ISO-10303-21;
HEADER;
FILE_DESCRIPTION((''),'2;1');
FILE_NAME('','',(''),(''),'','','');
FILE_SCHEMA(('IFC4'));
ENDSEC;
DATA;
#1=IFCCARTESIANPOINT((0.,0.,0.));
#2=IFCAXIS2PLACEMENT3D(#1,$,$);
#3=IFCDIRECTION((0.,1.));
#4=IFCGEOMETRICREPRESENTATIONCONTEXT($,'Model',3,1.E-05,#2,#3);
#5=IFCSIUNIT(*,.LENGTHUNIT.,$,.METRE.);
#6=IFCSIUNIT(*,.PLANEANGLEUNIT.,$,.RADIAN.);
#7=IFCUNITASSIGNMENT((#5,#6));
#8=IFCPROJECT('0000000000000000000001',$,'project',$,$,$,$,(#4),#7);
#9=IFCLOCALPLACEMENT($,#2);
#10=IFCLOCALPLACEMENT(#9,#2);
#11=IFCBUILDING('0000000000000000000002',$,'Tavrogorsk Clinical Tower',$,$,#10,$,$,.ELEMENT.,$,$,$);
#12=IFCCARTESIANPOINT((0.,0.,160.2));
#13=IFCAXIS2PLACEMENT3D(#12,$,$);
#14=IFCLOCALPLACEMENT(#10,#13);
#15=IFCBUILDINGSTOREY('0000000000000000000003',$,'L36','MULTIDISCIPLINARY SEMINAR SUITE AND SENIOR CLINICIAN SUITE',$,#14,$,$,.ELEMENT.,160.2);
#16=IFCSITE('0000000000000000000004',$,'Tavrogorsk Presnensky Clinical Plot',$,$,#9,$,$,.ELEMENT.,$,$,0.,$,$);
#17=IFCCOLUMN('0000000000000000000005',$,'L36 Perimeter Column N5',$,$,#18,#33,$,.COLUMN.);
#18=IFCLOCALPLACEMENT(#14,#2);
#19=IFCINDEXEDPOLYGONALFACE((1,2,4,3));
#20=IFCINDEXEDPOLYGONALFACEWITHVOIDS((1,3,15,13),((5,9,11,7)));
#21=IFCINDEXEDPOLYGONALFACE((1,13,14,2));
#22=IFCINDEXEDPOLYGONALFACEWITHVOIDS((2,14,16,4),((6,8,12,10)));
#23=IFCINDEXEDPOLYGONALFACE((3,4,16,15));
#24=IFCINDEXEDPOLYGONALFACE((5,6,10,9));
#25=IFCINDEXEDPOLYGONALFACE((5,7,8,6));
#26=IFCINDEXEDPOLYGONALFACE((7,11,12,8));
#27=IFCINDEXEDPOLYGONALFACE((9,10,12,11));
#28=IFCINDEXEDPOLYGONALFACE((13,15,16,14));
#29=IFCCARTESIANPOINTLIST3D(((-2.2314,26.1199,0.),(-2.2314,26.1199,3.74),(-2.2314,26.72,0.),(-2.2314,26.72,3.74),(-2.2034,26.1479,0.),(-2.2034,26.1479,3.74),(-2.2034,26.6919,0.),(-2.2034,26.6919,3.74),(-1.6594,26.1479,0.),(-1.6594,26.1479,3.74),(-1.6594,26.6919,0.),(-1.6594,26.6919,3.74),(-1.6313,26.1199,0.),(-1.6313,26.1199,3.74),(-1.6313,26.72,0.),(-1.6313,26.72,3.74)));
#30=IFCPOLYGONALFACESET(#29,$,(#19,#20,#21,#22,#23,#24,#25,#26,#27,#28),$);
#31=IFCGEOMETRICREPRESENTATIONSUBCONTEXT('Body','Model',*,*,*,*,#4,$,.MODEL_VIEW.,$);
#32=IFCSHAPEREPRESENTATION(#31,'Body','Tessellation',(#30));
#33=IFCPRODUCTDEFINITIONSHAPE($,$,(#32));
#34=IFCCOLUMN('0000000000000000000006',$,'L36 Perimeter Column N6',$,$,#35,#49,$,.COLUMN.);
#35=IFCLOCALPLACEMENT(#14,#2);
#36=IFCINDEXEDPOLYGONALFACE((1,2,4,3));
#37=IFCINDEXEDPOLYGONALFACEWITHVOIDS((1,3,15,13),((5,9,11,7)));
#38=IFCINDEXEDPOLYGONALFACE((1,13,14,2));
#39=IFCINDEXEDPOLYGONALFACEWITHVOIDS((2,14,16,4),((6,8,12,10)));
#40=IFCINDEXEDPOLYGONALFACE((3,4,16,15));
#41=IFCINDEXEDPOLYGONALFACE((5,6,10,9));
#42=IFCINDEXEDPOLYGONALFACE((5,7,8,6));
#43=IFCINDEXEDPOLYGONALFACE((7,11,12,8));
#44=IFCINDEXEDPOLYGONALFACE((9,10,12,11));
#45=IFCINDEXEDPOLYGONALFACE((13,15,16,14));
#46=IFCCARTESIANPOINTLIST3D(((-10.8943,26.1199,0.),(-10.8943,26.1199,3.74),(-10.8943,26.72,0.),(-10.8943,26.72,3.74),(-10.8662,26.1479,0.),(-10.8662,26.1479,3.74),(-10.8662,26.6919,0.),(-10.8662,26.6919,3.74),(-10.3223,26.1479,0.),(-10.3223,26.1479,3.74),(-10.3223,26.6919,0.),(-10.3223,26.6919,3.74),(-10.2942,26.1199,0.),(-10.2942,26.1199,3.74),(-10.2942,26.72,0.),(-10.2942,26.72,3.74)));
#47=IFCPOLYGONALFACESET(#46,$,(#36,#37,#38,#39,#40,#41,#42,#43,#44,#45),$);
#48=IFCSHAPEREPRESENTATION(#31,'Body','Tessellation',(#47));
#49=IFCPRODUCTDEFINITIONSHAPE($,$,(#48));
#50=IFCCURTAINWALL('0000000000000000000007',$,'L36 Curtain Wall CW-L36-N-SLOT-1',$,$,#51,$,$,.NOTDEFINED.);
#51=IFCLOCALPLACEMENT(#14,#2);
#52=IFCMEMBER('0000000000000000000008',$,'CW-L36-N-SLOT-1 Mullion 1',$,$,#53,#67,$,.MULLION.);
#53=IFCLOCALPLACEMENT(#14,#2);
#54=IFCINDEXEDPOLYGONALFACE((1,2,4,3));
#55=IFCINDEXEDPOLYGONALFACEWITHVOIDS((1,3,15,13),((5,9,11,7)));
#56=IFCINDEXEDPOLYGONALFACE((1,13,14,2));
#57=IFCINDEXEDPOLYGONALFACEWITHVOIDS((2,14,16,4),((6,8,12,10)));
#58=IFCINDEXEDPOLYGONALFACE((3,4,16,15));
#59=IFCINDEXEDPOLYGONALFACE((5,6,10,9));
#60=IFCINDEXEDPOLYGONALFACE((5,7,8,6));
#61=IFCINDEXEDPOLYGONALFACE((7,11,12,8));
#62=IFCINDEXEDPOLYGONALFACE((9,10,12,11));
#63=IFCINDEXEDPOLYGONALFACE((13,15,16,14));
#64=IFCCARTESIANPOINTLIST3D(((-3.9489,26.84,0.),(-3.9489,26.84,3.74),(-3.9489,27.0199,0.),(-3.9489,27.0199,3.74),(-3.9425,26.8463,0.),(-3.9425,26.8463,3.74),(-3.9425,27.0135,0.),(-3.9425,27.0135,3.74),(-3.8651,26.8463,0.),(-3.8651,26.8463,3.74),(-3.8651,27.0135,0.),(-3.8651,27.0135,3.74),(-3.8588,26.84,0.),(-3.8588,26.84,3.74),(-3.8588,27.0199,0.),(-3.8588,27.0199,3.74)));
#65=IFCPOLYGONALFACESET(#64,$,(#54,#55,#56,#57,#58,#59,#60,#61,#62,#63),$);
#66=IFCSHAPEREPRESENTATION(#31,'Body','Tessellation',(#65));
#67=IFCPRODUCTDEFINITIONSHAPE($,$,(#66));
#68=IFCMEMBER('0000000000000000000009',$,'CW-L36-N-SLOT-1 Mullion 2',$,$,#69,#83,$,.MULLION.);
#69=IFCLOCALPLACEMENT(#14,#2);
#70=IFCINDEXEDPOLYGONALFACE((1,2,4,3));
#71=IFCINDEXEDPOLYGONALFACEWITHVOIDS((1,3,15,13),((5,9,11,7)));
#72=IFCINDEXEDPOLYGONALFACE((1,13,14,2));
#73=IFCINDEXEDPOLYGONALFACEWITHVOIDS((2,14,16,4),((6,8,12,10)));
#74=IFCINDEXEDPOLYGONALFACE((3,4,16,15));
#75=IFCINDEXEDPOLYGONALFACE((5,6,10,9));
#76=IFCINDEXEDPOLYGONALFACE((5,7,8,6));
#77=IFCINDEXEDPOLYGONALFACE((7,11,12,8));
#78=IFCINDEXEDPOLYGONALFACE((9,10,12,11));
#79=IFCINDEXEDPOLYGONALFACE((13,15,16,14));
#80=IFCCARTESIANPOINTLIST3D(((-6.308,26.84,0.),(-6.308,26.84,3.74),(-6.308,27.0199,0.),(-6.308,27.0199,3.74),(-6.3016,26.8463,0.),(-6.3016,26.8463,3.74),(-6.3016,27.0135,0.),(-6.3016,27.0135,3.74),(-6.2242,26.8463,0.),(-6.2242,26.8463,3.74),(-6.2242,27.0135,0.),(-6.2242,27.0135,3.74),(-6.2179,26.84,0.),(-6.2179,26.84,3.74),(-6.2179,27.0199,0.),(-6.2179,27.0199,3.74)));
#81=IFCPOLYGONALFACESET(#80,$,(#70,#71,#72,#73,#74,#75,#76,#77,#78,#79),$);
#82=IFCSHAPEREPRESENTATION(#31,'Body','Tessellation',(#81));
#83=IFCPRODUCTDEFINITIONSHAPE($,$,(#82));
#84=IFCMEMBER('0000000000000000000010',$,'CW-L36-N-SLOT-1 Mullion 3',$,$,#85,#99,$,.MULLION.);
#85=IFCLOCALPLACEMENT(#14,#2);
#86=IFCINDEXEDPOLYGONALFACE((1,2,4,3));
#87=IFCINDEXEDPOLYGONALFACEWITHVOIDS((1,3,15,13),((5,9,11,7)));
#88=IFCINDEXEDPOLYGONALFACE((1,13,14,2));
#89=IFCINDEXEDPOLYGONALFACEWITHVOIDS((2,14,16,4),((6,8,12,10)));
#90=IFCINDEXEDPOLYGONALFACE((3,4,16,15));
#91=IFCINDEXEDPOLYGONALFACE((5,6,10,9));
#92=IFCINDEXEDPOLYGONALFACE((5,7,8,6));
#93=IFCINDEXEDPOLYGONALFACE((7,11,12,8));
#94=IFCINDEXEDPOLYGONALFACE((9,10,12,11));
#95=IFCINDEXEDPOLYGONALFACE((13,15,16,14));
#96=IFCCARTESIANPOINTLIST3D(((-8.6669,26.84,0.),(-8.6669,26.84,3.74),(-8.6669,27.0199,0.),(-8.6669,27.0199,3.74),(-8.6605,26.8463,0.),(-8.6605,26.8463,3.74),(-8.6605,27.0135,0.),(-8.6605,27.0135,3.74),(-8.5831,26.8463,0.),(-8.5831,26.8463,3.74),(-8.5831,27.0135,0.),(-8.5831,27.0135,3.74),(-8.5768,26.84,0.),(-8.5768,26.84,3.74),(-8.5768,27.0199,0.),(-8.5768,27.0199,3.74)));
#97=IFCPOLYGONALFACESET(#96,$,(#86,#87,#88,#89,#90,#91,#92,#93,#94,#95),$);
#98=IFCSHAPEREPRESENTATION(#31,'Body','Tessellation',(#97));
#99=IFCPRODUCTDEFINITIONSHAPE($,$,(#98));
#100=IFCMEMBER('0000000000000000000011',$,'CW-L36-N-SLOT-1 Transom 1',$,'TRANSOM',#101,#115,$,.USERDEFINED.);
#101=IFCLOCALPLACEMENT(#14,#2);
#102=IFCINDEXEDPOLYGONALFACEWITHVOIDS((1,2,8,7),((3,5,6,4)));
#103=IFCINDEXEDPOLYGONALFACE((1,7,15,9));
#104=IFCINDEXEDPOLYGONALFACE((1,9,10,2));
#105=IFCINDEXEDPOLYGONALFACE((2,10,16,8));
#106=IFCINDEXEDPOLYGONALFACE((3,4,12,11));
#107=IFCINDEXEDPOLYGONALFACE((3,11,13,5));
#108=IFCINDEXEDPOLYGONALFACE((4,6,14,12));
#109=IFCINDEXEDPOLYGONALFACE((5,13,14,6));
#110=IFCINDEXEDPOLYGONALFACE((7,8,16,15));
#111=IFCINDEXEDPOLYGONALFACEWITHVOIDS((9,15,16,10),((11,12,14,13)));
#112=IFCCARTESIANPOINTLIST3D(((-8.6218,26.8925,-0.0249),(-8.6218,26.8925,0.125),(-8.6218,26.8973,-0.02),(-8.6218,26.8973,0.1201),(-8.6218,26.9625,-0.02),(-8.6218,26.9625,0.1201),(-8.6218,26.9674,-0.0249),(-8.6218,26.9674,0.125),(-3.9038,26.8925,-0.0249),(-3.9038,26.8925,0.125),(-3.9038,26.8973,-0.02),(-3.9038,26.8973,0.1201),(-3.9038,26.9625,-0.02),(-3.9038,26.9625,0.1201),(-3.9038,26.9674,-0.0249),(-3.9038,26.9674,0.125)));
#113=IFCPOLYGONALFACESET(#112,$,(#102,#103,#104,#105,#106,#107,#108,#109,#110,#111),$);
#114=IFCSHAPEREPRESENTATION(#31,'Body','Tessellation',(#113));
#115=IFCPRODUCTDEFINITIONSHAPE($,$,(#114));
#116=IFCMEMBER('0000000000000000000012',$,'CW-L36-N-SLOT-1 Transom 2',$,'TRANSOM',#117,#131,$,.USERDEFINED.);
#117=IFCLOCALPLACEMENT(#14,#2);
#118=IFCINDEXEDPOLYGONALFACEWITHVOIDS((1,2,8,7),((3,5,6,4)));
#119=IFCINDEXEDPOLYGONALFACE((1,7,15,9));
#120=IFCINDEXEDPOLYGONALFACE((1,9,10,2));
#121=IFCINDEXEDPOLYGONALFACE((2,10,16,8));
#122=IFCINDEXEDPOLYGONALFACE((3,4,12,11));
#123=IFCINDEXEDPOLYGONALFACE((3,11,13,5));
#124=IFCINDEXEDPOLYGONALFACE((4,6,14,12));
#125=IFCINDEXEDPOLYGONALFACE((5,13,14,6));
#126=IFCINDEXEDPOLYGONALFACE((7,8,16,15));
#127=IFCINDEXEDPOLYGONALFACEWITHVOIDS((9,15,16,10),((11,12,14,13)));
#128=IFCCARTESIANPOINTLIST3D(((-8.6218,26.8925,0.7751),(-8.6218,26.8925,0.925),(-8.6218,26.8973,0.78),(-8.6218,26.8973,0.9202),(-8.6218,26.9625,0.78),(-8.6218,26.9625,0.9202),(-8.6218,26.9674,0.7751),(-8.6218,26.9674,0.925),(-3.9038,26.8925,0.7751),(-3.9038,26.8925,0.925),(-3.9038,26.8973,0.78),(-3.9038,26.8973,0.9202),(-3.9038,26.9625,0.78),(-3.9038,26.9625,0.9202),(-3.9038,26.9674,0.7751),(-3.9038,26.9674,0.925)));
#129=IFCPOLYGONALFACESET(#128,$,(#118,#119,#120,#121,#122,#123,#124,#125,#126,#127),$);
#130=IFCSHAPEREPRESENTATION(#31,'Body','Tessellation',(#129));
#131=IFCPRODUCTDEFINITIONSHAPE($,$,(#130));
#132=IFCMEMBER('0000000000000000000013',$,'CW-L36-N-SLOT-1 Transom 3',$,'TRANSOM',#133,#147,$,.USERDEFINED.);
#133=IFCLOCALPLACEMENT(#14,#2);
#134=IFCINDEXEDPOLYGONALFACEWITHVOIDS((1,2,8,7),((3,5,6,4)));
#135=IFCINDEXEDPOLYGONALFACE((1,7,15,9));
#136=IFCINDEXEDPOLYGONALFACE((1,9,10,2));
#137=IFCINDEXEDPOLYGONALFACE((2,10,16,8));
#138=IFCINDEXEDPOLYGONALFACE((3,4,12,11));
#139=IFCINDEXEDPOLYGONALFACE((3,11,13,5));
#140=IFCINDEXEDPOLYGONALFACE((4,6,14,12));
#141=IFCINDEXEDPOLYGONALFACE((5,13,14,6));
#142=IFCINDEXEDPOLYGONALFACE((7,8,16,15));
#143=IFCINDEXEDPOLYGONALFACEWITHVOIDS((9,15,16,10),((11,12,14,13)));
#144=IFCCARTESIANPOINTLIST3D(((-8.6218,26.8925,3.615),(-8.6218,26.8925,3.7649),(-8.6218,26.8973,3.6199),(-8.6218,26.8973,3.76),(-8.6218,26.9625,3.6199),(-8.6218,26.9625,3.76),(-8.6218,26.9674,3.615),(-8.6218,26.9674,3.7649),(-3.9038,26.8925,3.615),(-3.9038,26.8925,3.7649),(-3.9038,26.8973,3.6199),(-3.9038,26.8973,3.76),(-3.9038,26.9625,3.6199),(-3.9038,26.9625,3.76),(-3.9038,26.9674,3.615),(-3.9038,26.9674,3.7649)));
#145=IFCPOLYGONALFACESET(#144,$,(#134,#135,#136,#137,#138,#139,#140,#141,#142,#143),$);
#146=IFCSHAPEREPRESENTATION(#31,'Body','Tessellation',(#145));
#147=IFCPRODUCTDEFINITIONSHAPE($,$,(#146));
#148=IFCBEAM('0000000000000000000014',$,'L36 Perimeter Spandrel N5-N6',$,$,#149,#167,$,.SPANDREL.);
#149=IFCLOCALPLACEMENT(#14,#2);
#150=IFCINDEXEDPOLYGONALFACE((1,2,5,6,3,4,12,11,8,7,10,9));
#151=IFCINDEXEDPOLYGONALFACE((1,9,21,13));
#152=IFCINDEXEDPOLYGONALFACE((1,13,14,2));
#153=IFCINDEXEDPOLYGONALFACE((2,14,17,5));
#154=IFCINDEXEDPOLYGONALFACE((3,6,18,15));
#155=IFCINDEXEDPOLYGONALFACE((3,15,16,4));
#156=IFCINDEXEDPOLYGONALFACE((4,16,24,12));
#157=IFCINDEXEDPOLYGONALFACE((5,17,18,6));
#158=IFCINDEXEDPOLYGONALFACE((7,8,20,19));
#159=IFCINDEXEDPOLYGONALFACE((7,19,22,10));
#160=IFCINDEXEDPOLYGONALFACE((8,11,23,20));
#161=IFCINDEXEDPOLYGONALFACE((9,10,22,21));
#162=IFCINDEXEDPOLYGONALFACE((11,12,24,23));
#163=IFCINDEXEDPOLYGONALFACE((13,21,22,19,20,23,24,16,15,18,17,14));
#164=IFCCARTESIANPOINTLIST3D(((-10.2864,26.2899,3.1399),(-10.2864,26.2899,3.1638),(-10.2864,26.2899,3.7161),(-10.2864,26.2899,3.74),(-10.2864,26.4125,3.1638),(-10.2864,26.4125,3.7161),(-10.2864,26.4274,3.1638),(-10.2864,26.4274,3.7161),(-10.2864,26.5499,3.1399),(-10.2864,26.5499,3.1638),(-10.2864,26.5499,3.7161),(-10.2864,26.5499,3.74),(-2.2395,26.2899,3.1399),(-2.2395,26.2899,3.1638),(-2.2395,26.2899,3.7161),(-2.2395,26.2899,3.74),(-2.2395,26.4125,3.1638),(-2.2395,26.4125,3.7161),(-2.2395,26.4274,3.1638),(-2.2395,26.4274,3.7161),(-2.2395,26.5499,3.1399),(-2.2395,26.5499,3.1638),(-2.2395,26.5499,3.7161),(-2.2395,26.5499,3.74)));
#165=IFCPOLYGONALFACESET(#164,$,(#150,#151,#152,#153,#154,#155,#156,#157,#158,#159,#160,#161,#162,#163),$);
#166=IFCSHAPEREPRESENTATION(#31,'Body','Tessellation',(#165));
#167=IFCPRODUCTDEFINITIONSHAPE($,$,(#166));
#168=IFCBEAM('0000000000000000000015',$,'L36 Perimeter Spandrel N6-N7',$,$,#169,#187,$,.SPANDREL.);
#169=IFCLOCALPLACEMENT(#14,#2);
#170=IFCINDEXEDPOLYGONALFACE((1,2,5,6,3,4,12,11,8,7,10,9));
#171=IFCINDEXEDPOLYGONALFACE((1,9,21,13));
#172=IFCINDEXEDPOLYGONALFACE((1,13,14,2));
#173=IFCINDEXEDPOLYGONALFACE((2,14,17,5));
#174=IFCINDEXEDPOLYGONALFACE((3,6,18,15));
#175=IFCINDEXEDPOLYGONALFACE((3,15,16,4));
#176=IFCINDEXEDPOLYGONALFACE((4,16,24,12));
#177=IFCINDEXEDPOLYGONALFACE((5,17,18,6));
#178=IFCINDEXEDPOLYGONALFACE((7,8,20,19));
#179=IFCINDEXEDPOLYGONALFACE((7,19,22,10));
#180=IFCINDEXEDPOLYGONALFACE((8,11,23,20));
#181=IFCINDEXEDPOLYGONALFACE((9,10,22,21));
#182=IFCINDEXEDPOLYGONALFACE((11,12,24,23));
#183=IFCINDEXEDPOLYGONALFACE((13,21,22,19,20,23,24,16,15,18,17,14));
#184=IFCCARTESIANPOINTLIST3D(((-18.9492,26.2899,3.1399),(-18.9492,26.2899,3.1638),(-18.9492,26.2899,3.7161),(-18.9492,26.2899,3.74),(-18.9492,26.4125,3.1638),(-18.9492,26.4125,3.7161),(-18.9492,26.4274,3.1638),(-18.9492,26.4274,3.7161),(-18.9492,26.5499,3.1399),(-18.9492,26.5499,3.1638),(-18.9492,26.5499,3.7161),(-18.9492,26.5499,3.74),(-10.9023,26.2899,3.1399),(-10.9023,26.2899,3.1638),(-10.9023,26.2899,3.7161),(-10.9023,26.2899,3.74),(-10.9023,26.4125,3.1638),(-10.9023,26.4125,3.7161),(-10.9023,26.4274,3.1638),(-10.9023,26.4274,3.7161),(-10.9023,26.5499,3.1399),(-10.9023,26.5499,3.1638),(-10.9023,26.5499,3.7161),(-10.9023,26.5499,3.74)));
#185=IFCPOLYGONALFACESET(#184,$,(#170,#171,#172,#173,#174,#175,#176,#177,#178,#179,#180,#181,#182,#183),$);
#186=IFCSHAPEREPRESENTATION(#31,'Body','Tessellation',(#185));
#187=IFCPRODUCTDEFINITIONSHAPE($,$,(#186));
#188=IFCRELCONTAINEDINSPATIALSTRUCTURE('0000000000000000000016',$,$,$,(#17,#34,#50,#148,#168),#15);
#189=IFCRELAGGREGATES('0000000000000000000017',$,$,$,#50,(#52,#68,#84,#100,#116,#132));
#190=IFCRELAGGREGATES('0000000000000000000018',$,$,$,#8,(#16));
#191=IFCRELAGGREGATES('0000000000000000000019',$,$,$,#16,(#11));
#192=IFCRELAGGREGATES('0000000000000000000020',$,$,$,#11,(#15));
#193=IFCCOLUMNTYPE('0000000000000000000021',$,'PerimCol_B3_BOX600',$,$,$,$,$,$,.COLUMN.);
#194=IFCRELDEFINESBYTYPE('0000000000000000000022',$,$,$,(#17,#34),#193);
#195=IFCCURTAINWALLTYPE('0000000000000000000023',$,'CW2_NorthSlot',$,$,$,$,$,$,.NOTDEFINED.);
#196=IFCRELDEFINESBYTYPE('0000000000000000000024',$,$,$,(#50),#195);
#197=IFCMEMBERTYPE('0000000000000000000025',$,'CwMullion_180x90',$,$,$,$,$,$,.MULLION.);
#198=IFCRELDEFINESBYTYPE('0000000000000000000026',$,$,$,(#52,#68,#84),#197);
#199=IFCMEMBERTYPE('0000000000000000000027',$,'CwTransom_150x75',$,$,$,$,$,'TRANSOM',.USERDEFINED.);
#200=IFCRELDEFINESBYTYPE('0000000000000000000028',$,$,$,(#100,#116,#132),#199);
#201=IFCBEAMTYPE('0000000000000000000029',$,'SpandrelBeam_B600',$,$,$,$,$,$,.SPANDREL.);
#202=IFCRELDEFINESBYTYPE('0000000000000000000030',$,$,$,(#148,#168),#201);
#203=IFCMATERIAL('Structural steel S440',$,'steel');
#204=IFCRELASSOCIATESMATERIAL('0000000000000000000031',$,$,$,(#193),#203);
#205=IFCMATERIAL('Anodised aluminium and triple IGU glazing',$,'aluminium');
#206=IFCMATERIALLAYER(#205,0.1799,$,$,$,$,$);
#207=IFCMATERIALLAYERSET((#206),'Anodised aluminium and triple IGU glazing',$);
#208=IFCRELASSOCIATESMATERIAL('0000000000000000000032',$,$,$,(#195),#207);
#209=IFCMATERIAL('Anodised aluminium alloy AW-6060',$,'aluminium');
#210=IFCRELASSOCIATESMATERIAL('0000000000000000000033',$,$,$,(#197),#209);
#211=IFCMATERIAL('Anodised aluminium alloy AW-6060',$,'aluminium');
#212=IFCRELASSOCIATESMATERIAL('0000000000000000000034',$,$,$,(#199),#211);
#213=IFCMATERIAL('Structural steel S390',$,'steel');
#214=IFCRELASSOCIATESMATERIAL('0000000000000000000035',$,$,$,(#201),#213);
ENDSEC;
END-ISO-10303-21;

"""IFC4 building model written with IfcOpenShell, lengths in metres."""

from ifc_helpers import new_model, si_unit, direction, frame, origin, origin_2d, place, context, subcontext, project, spatial, hollow_rectangle, i_section, extrude, material, layer, layer_set, material_profile, profile_set, type_object, element, aggregate, save


model = new_model("IFC4")

# Units and contexts
model_context = context("Model", 3, precision=1e-05, world=origin(), true_north=direction((0.0, 1.0)))
body_context = subcontext(model_context, "Body", "Model", "MODEL_VIEW")
ifc_project = project(units=[si_unit("LENGTHUNIT", "METRE"), si_unit("PLANEANGLEUNIT", "RADIAN")], contexts=[model_context])

# Site, building, storey
site_placement = place(None, origin())
site = spatial("IfcSite", under=ifc_project, at=site_placement, Name="Tavrogorsk Presnensky Clinical Plot", CompositionType="ELEMENT", RefElevation=0.0)
building_placement = place(site_placement, origin())
building = spatial("IfcBuilding", under=site, at=building_placement, Name="Tavrogorsk Clinical Tower", CompositionType="ELEMENT")
storey_placement = place(building_placement, frame((0.0, 0.0, 160.2)))
storey = spatial("IfcBuildingStorey", under=building, at=storey_placement, Name="L36", Description="MULTIDISCIPLINARY SEMINAR SUITE AND SENIOR CLINICIAN SUITE", CompositionType="ELEMENT", Elevation=160.2)

# Columns
ifc_material_1 = material(Name="Structural steel S440", Category="steel")
ifc_material_profile_1 = material_profile(ifc_material_1, hollow_rectangle(XDim=0.6001, YDim=0.6001, WallThickness=0.0281, at=origin_2d()), Name="BOX-600x600x28")
ifc_profile_set_1 = profile_set([ifc_material_profile_1], Name="Structural steel S440")
column_type = type_object("IfcColumnType", Name="PerimCol_B3_BOX600", PredefinedType="COLUMN", material=ifc_profile_set_1)
for number, where, z_axis, x_axis, name in (
    (1, (-1.9314, 26.4199, 0.0), (0.0, 0.0, 1.0), (1.0, 0.0, 0.0), "L36 Perimeter Column N5"),
    (2, (-10.5942, 26.4199, 0.0), (0.0, 0.0, 1.0), (1.0, 0.0, 0.0), "L36 Perimeter Column N6"),
):
    element("IfcColumn", number, at=place(storey_placement, frame(where, z_axis=z_axis, x_axis=x_axis)), inside=storey, type_object=column_type, Name=name, PredefinedType="COLUMN", context=body_context, shape_type="SweptSolid", body=[
        extrude(hollow_rectangle(XDim=0.6001, YDim=0.6001, WallThickness=0.0281, at=origin_2d()), origin(), (0.0, 0.0, 1.0), 3.74),
    ])

# Curtain wall, members
ifc_material_2 = material(Name="Anodised aluminium and triple IGU glazing", Category="aluminium")
ifc_layer_1 = layer(ifc_material_2, 0.1799)
ifc_layer_set_1 = layer_set([ifc_layer_1], Name="Anodised aluminium and triple IGU glazing")
curtain_wall_type = type_object("IfcCurtainWallType", Name="CW2_NorthSlot", PredefinedType="NOTDEFINED", material=ifc_layer_set_1)
curtain_wall_placement = place(storey_placement, origin())
curtain_wall = element("IfcCurtainWall", 3, at=curtain_wall_placement, inside=storey, type_object=curtain_wall_type, Name="L36 Curtain Wall CW-L36-N-SLOT-1", PredefinedType="NOTDEFINED")
ifc_material_3 = material(Name="Anodised aluminium alloy AW-6060", Category="aluminium")
ifc_material_profile_2 = material_profile(ifc_material_3, hollow_rectangle(XDim=0.0901, YDim=0.1799, WallThickness=0.0063, at=origin_2d()), Name="RHS-180x90x6.3")
ifc_profile_set_2 = profile_set([ifc_material_profile_2], Name="Anodised aluminium alloy AW-6060")
member_type_1 = type_object("IfcMemberType", Name="CwMullion_180x90", PredefinedType="MULLION", material=ifc_profile_set_2)
member_1_placement = place(storey_placement, frame((-3.9038, 26.9299, 0.0), z_axis=(0.0, 0.0, 1.0), x_axis=(-1.0, 0.0, 0.0)))
member_1 = element("IfcMember", 4, at=member_1_placement, type_object=member_type_1, Name="CW-L36-N-SLOT-1 Mullion 1", PredefinedType="MULLION", context=body_context, shape_type="SweptSolid", body=[
    extrude(hollow_rectangle(XDim=0.0901, YDim=0.1799, WallThickness=0.0063, at=origin_2d()), origin(), (0.0, 0.0, 1.0), 3.74),
])
member_2_placement = place(storey_placement, frame((-6.2629, 26.9299, 0.0), z_axis=(0.0, 0.0, 1.0), x_axis=(-1.0, 0.0, 0.0)))
member_2 = element("IfcMember", 5, at=member_2_placement, type_object=member_type_1, Name="CW-L36-N-SLOT-1 Mullion 2", PredefinedType="MULLION", context=body_context, shape_type="SweptSolid", body=[
    extrude(hollow_rectangle(XDim=0.0901, YDim=0.1799, WallThickness=0.0063, at=origin_2d()), origin(), (0.0, 0.0, 1.0), 3.74),
])
member_3_placement = place(storey_placement, frame((-8.6218, 26.9299, 0.0), z_axis=(0.0, 0.0, 1.0), x_axis=(-1.0, 0.0, 0.0)))
member_3 = element("IfcMember", 6, at=member_3_placement, type_object=member_type_1, Name="CW-L36-N-SLOT-1 Mullion 3", PredefinedType="MULLION", context=body_context, shape_type="SweptSolid", body=[
    extrude(hollow_rectangle(XDim=0.0901, YDim=0.1799, WallThickness=0.0063, at=origin_2d()), origin(), (0.0, 0.0, 1.0), 3.74),
])
ifc_material_4 = material(Name="Anodised aluminium alloy AW-6060", Category="aluminium")
ifc_material_profile_3 = material_profile(ifc_material_4, hollow_rectangle(XDim=0.075, YDim=0.1499, WallThickness=0.0049, at=origin_2d()), Name="RHS-150x75x5")
ifc_profile_set_3 = profile_set([ifc_material_profile_3], Name="Anodised aluminium alloy AW-6060")
member_type_2 = type_object("IfcMemberType", Name="CwTransom_150x75", ElementType="TRANSOM", PredefinedType="USERDEFINED", material=ifc_profile_set_3)
member_4_placement = place(storey_placement, frame((-3.9038, 26.9299, 0.05), z_axis=(-1.0, 0.0, 0.0), x_axis=(0.0, -1.0, 0.0)))
member_4 = element("IfcMember", 7, at=member_4_placement, type_object=member_type_2, Name="CW-L36-N-SLOT-1 Transom 1", ObjectType="TRANSOM", PredefinedType="USERDEFINED", context=body_context, shape_type="SweptSolid", body=[
    extrude(hollow_rectangle(XDim=0.075, YDim=0.1499, WallThickness=0.0049, at=origin_2d()), origin(), (0.0, 0.0, 1.0), 4.718),
])
member_5_placement = place(storey_placement, frame((-3.9038, 26.9299, 0.8501), z_axis=(-1.0, 0.0, 0.0), x_axis=(0.0, -1.0, 0.0)))
member_5 = element("IfcMember", 8, at=member_5_placement, type_object=member_type_2, Name="CW-L36-N-SLOT-1 Transom 2", ObjectType="TRANSOM", PredefinedType="USERDEFINED", context=body_context, shape_type="SweptSolid", body=[
    extrude(hollow_rectangle(XDim=0.075, YDim=0.1499, WallThickness=0.0049, at=origin_2d()), origin(), (0.0, 0.0, 1.0), 4.718),
])
member_6_placement = place(storey_placement, frame((-3.9038, 26.9299, 3.6899), z_axis=(-1.0, 0.0, 0.0), x_axis=(0.0, -1.0, 0.0)))
member_6 = element("IfcMember", 9, at=member_6_placement, type_object=member_type_2, Name="CW-L36-N-SLOT-1 Transom 3", ObjectType="TRANSOM", PredefinedType="USERDEFINED", context=body_context, shape_type="SweptSolid", body=[
    extrude(hollow_rectangle(XDim=0.075, YDim=0.1499, WallThickness=0.0049, at=origin_2d()), origin(), (0.0, 0.0, 1.0), 4.718),
])

# Beams
ifc_material_5 = material(Name="Structural steel S390", Category="steel")
ifc_material_profile_4 = material_profile(ifc_material_5, i_section(OverallWidth=0.26, OverallDepth=0.6001, WebThickness=0.0149, FlangeThickness=0.0239, at=origin_2d()), Name="B-600x260x15x24")
ifc_profile_set_4 = profile_set([ifc_material_profile_4], Name="Structural steel S390")
beam_type = type_object("IfcBeamType", Name="SpandrelBeam_B600", PredefinedType="SPANDREL", material=ifc_profile_set_4)
for number, where, z_axis, x_axis, name in (
    (10, (-2.2395, 26.4199, 3.4399), (-1.0, 0.0, 0.0), (0.0, -1.0, 0.0), "L36 Perimeter Spandrel N5-N6"),
    (11, (-10.9023, 26.4199, 3.4399), (-1.0, 0.0, 0.0), (0.0, -1.0, 0.0), "L36 Perimeter Spandrel N6-N7"),
):
    element("IfcBeam", number, at=place(storey_placement, frame(where, z_axis=z_axis, x_axis=x_axis)), inside=storey, type_object=beam_type, Name=name, PredefinedType="SPANDREL", context=body_context, shape_type="SweptSolid", body=[
        extrude(i_section(OverallWidth=0.26, OverallDepth=0.6001, WebThickness=0.0149, FlangeThickness=0.0239, at=origin_2d()), origin(), (0.0, 0.0, 1.0), 8.0469),
    ])

aggregate(curtain_wall, [member_1, member_2, member_3, member_4, member_5, member_6])

save(model, "model.ifc")
